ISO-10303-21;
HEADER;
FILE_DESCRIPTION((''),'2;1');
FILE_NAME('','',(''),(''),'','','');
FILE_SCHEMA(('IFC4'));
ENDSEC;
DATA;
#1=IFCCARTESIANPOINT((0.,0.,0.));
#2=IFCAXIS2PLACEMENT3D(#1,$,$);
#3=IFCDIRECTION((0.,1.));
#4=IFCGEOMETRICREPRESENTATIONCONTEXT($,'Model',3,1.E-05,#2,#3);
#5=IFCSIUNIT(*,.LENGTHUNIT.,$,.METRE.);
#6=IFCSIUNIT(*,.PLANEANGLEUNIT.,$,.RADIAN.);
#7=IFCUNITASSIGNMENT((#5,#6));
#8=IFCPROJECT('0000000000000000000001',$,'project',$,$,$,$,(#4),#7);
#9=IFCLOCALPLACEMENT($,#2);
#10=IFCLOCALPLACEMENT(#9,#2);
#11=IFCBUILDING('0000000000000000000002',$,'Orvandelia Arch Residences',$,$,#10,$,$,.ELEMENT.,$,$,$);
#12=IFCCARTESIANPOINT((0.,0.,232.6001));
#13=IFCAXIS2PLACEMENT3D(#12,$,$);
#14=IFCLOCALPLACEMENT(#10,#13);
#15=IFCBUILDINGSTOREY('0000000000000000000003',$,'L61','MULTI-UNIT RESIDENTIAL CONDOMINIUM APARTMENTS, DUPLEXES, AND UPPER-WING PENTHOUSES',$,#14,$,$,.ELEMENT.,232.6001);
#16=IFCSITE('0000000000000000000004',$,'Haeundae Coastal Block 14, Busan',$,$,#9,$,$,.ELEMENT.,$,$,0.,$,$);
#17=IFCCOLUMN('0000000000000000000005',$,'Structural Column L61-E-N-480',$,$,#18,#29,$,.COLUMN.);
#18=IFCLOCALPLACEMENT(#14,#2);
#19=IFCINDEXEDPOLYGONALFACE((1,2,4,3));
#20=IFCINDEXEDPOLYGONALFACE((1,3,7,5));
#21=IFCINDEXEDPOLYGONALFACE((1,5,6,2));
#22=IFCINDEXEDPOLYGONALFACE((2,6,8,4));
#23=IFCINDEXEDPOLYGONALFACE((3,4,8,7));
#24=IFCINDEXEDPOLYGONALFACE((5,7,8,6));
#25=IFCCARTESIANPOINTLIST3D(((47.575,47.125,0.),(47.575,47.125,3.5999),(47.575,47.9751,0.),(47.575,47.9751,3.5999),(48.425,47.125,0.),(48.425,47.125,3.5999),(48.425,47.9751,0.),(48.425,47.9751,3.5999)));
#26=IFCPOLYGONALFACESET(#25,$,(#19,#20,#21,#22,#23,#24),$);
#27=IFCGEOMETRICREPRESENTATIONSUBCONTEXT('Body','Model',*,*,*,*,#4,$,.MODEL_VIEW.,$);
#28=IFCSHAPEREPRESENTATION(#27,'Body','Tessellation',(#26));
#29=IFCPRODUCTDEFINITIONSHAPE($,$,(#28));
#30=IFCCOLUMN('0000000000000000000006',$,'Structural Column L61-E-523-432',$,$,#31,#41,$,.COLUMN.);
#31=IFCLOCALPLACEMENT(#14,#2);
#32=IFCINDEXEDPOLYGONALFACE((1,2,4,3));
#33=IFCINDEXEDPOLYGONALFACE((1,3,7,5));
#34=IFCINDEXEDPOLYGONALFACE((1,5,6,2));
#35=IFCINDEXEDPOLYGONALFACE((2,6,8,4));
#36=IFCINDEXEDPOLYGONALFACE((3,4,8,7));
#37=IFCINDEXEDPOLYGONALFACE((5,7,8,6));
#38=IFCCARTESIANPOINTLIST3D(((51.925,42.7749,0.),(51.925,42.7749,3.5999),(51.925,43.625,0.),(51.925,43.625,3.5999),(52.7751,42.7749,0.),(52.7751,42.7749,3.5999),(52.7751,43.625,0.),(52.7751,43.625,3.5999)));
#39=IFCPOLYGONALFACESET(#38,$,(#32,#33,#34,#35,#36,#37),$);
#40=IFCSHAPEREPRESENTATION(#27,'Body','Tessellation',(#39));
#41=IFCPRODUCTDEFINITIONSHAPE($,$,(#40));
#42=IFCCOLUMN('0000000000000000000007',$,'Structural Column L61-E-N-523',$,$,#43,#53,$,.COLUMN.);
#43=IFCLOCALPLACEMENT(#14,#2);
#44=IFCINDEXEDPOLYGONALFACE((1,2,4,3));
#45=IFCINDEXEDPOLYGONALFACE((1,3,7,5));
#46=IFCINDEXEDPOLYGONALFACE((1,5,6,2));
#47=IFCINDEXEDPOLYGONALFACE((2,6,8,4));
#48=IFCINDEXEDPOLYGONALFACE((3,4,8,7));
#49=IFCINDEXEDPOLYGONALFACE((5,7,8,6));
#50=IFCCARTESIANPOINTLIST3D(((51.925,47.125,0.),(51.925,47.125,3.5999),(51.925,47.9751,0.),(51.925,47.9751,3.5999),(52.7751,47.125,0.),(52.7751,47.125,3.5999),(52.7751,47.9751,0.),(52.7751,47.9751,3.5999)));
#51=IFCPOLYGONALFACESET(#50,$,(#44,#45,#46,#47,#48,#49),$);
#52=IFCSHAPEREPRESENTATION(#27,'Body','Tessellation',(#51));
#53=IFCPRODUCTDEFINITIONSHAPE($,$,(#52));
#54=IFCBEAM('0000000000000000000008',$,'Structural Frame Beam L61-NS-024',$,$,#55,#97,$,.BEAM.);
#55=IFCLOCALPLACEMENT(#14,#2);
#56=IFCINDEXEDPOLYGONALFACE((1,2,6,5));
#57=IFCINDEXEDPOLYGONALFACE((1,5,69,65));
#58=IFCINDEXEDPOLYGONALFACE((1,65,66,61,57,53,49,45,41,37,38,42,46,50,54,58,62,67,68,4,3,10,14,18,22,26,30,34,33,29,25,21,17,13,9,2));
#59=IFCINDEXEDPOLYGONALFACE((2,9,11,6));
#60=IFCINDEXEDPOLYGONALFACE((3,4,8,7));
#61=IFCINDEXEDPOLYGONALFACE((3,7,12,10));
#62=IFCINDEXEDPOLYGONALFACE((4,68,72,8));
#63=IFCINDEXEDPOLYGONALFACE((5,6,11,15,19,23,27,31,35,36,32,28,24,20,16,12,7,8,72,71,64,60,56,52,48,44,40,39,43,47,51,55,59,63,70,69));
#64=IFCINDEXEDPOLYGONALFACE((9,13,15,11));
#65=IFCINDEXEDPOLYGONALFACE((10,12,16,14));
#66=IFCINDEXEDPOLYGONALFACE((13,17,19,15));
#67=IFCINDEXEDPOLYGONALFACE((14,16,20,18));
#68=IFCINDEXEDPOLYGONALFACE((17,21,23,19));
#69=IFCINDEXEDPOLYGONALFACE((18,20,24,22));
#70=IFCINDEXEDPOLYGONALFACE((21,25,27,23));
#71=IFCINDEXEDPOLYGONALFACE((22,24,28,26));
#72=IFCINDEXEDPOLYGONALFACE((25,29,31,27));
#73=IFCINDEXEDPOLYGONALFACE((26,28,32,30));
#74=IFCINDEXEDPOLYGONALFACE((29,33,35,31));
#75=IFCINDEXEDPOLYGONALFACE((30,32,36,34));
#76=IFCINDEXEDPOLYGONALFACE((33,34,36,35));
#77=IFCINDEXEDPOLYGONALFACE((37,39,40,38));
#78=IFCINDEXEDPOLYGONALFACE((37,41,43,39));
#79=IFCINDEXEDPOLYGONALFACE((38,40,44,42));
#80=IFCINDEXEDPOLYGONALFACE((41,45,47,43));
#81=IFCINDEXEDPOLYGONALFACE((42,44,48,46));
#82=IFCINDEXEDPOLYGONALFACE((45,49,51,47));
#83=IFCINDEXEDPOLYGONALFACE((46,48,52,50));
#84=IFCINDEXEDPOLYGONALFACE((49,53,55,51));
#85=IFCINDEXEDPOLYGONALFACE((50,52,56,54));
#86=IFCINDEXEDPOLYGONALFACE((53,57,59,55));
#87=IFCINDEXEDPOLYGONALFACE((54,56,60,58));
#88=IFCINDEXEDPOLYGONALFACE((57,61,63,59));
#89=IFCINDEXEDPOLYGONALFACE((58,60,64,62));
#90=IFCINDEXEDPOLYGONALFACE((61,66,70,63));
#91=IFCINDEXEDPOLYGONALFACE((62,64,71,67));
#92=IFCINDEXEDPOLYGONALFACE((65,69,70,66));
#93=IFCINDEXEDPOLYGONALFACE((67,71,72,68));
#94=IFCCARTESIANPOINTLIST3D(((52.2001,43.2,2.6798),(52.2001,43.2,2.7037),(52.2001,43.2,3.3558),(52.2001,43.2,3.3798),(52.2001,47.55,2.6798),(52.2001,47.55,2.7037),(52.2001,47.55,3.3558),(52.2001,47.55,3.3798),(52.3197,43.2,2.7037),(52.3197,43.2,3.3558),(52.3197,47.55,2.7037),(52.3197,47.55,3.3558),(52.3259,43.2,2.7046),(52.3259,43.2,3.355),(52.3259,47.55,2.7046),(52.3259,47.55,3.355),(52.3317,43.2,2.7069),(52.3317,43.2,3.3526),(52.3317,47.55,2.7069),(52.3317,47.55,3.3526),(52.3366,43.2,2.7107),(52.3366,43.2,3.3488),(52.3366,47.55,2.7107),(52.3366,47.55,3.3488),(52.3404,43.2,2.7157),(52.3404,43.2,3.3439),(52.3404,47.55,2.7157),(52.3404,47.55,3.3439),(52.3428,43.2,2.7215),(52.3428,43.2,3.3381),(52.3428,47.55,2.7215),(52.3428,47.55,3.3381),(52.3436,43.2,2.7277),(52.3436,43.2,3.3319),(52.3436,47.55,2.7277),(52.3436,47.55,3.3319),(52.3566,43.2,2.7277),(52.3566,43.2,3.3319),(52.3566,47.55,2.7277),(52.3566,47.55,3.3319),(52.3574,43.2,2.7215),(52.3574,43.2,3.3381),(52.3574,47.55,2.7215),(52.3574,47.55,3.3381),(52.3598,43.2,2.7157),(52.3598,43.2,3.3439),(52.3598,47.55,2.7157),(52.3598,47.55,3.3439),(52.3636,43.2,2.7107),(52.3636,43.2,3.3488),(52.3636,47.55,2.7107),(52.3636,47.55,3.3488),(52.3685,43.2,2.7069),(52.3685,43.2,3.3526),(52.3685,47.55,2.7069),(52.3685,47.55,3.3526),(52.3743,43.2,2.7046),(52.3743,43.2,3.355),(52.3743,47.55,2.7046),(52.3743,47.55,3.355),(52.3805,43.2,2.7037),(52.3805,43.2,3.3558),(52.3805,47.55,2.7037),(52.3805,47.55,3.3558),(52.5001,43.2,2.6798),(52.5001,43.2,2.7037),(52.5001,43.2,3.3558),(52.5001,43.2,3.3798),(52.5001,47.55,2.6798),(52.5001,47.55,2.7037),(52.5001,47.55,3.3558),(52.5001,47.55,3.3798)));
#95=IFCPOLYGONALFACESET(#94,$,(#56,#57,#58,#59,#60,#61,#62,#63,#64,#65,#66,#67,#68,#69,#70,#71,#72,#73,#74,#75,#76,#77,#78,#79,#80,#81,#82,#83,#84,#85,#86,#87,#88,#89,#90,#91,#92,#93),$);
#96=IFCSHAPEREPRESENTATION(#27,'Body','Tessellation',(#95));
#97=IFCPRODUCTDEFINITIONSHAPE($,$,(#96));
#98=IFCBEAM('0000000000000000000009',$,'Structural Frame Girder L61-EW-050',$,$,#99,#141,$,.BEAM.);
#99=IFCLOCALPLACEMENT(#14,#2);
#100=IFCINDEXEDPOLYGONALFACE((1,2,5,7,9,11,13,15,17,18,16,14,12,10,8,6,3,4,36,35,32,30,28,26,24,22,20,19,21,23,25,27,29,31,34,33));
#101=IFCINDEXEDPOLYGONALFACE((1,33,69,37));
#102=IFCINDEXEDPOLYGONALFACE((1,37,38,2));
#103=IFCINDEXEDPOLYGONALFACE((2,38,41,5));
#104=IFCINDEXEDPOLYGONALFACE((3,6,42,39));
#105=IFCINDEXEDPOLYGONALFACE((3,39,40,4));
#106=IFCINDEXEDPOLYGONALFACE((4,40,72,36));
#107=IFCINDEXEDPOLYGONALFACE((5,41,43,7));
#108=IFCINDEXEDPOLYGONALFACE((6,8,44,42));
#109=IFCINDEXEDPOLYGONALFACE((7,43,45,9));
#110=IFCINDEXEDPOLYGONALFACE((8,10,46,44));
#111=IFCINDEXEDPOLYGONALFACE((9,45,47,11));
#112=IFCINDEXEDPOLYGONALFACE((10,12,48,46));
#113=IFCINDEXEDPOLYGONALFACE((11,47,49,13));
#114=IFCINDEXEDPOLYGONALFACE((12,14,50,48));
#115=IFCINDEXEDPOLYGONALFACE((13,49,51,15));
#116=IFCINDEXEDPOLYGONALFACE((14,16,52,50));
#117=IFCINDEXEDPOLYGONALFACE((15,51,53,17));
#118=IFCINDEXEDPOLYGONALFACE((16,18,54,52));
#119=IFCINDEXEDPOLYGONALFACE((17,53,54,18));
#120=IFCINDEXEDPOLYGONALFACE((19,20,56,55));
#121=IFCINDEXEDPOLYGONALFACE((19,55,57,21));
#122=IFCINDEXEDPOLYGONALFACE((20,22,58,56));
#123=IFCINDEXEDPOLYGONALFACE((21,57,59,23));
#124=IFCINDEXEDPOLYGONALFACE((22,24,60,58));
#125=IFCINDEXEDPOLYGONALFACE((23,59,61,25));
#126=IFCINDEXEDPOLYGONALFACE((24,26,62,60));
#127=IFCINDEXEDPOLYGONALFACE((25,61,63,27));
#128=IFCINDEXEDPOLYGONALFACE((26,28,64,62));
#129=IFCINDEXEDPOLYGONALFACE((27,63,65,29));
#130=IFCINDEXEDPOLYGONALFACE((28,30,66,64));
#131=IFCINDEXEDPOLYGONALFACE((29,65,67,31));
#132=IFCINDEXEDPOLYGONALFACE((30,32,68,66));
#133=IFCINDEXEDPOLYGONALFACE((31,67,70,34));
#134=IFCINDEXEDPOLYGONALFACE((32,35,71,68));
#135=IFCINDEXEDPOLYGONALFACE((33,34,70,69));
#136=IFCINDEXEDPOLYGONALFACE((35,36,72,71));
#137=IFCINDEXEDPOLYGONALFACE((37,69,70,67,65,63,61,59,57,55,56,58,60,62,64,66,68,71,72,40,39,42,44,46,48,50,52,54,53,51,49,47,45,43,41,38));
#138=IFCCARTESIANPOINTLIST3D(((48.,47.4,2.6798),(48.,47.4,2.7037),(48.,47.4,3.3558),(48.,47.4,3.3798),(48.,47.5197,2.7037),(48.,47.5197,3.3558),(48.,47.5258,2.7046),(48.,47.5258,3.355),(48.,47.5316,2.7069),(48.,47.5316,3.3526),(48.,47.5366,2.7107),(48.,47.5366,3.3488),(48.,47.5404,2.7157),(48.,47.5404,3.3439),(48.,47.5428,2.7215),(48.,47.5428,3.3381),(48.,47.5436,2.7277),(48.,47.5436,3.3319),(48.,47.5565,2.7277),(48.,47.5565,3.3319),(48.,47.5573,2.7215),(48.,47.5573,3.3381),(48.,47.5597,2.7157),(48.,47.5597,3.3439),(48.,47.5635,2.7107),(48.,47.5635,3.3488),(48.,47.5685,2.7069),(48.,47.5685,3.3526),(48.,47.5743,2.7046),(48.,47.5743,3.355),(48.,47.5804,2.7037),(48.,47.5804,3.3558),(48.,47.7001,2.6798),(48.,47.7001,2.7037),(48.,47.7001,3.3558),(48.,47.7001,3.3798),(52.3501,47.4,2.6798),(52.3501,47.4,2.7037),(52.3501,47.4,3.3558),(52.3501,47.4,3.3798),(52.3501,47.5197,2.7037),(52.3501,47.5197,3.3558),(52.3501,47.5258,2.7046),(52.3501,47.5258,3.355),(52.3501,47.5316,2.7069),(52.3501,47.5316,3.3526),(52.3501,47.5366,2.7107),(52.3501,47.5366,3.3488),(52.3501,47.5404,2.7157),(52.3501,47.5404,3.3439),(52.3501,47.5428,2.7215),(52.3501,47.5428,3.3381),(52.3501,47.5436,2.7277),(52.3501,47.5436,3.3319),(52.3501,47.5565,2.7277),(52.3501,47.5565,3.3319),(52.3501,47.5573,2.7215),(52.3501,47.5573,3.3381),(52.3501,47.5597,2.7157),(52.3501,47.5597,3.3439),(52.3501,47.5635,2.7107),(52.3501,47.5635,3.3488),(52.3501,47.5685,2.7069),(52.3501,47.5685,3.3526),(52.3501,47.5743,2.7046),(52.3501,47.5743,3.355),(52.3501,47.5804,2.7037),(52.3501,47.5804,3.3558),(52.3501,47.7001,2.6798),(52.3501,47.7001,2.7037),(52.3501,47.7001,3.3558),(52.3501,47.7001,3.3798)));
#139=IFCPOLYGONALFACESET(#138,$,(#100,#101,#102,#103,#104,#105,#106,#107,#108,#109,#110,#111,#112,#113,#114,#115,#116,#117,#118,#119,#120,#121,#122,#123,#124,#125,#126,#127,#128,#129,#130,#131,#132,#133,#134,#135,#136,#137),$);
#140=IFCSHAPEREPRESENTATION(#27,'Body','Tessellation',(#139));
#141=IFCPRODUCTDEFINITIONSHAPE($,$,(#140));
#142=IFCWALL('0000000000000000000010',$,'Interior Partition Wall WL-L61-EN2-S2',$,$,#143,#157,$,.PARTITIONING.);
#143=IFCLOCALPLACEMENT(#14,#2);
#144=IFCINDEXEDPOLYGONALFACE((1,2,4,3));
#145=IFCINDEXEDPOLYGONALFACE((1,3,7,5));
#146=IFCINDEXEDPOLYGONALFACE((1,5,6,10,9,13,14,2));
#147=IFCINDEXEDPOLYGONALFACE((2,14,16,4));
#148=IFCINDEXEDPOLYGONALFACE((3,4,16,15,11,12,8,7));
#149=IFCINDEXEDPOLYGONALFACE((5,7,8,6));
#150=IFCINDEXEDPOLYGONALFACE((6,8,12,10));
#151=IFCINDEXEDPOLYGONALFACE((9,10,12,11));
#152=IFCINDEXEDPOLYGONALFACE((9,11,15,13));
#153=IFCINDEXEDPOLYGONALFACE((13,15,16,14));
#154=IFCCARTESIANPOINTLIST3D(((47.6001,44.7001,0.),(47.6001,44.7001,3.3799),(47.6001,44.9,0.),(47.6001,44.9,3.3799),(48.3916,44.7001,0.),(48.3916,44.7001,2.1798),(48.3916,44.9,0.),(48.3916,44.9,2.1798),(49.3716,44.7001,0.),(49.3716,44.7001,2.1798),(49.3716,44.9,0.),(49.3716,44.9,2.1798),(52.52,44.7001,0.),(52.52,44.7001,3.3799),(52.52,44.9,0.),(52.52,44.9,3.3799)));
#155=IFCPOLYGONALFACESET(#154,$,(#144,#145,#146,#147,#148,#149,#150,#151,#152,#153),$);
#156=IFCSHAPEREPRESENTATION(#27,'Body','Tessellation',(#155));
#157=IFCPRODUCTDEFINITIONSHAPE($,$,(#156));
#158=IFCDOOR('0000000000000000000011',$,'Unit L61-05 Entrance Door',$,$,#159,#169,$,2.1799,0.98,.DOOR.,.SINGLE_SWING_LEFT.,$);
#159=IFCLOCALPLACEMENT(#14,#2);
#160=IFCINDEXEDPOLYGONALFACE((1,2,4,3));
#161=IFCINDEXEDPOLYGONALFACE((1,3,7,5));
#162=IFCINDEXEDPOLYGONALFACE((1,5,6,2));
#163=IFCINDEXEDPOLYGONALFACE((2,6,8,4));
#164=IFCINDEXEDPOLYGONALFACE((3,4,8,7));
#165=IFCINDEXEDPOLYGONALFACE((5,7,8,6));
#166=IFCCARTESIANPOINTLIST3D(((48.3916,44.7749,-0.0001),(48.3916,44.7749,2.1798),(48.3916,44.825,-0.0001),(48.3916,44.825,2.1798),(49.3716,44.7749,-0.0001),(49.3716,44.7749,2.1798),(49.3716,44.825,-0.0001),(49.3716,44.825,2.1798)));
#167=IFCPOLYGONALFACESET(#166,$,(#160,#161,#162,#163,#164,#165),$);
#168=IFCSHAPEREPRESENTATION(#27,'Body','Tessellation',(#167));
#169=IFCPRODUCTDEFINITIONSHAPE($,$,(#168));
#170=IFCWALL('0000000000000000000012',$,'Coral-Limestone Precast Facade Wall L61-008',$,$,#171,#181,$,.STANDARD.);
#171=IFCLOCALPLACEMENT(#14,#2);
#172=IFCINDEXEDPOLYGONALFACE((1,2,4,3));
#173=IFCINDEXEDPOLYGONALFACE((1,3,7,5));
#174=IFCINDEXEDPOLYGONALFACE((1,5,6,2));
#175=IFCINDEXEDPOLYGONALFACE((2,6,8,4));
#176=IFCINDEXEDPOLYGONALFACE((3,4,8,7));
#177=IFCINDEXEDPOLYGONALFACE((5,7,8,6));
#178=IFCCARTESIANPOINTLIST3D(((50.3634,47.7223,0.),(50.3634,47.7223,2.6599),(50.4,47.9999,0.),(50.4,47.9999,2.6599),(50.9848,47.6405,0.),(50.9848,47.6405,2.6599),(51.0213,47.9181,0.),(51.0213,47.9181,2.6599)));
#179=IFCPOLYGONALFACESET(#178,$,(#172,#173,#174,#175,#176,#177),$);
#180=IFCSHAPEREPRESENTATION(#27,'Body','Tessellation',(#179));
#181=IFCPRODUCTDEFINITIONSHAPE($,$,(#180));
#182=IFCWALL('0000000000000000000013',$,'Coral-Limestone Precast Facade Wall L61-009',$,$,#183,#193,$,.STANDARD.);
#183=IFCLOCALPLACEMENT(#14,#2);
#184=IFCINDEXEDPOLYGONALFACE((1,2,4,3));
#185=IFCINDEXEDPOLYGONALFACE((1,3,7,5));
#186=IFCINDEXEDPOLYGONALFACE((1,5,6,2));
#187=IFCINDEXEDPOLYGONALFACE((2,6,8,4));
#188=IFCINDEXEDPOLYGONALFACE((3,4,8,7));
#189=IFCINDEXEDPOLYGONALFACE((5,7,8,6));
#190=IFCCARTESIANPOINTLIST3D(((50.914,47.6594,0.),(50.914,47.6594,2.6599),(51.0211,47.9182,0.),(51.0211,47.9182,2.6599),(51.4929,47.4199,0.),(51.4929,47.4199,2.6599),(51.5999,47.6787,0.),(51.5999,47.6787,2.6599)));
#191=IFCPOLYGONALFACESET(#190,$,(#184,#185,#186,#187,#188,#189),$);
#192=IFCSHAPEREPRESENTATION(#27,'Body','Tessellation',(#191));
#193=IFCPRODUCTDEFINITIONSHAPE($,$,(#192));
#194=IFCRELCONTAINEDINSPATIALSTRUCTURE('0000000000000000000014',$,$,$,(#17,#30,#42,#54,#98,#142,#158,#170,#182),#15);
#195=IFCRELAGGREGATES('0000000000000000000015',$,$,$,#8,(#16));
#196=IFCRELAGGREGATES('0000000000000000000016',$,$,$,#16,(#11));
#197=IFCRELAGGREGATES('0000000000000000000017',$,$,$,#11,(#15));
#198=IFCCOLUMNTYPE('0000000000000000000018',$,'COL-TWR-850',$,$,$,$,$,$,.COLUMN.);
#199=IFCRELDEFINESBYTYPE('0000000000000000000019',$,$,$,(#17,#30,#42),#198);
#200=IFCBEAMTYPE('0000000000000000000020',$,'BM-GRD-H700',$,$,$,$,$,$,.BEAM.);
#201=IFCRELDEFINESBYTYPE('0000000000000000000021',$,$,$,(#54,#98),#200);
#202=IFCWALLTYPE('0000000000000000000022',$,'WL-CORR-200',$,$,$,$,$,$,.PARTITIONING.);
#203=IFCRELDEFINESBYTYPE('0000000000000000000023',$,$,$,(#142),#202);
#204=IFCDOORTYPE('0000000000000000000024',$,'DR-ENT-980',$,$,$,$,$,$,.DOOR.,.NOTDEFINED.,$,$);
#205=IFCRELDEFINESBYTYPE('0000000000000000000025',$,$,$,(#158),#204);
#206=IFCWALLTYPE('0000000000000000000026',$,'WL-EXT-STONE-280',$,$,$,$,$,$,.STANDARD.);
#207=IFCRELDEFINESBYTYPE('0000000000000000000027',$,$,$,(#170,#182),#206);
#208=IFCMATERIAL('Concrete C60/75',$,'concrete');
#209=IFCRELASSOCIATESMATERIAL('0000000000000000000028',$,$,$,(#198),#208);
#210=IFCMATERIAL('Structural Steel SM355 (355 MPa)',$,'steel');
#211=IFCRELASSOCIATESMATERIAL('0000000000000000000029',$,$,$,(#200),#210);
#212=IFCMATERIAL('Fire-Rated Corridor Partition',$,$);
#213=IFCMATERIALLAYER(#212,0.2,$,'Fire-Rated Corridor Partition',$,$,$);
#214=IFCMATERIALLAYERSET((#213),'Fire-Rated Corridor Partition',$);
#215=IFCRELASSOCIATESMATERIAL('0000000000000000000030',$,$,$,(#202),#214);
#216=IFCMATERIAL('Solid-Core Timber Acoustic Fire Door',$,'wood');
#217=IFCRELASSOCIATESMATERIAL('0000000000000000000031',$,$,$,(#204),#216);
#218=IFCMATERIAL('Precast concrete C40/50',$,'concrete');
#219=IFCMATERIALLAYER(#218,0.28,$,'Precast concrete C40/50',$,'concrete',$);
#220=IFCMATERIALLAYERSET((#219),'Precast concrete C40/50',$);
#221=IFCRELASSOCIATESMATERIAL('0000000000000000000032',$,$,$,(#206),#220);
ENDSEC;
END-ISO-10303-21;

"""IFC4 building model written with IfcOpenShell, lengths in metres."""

from ifc_helpers import new_model, si_unit, direction, frame, frame_2d, origin, origin_2d, place, context, subcontext, project, spatial, rectangle, i_section, extrude, material, layer, layer_set, material_profile, profile_set, type_object, element, fill, save


model = new_model("IFC4")

# Units and contexts
model_context = context("Model", 3, precision=1e-05, world=origin(), true_north=direction((0.0, 1.0)))
body_context = subcontext(model_context, "Body", "Model", "MODEL_VIEW")
ifc_project = project(units=[si_unit("LENGTHUNIT", "METRE"), si_unit("PLANEANGLEUNIT", "RADIAN")], contexts=[model_context])

# Site, building, storey
site_placement = place(None, origin())
site = spatial("IfcSite", under=ifc_project, at=site_placement, Name="Haeundae Coastal Block 14, Busan", CompositionType="ELEMENT", RefElevation=0.0)
building_placement = place(site_placement, origin())
building = spatial("IfcBuilding", under=site, at=building_placement, Name="Orvandelia Arch Residences", CompositionType="ELEMENT")
storey_placement = place(building_placement, frame((0.0, 0.0, 232.6001)))
storey = spatial("IfcBuildingStorey", under=building, at=storey_placement, Name="L61", Description="MULTI-UNIT RESIDENTIAL CONDOMINIUM APARTMENTS, DUPLEXES, AND UPPER-WING PENTHOUSES", CompositionType="ELEMENT", Elevation=232.6001)

# Columns
ifc_material_1 = material(Name="Concrete C60/75", Category="concrete")
ifc_material_profile_1 = material_profile(ifc_material_1, rectangle(XDim=0.8501, YDim=0.8501, at=origin_2d()), Name="Concrete C60/75", Category="concrete")
ifc_profile_set_1 = profile_set([ifc_material_profile_1], Name="Concrete C60/75")
column_type = type_object("IfcColumnType", Name="COL-TWR-850", PredefinedType="COLUMN", material=ifc_profile_set_1)
for number, where, z_axis, x_axis, name in (
    (1, (48.0, 47.55, 0.0), (0.0, 0.0, 1.0), (1.0, 0.0, 0.0), "Structural Column L61-E-N-480"),
    (2, (52.3501, 43.2, 0.0), (0.0, 0.0, 1.0), (1.0, 0.0, 0.0), "Structural Column L61-E-523-432"),
    (3, (52.3501, 47.55, 0.0), (0.0, 0.0, 1.0), (1.0, 0.0, 0.0), "Structural Column L61-E-N-523"),
):
    element("IfcColumn", number, at=place(storey_placement, frame(where, z_axis=z_axis, x_axis=x_axis)), inside=storey, type_object=column_type, Name=name, PredefinedType="COLUMN", context=body_context, shape_type="SweptSolid", body=[
        extrude(rectangle(XDim=0.8501, YDim=0.8501, at=origin_2d()), origin(), (0.0, 0.0, 1.0), 3.5999),
    ])

# Beams
ifc_material_2 = material(Name="Structural Steel SM355 (355 MPa)", Category="steel")
ifc_material_profile_2 = material_profile(ifc_material_2, i_section(OverallWidth=0.3, OverallDepth=0.7, WebThickness=0.0129, FlangeThickness=0.0239, FilletRadius=0.0239, at=origin_2d()), Name="Structural Steel SM355 (355 MPa)", Category="steel")
ifc_profile_set_2 = profile_set([ifc_material_profile_2], Name="Structural Steel SM355 (355 MPa)")
beam_type = type_object("IfcBeamType", Name="BM-GRD-H700", PredefinedType="BEAM", material=ifc_profile_set_2)
for number, where, z_axis, x_axis, name in (
    (4, (52.3501, 43.2, 3.0298), (0.0, 1.0, 0.0), (-1.0, 0.0, 0.0), "Structural Frame Beam L61-NS-024"),
    (5, (48.0, 47.55, 3.0298), (1.0, 0.0, 0.0), (0.0, 1.0, 0.0), "Structural Frame Girder L61-EW-050"),
):
    element("IfcBeam", number, at=place(storey_placement, frame(where, z_axis=z_axis, x_axis=x_axis)), inside=storey, type_object=beam_type, Name=name, PredefinedType="BEAM", context=body_context, shape_type="SweptSolid", body=[
        extrude(i_section(OverallWidth=0.3, OverallDepth=0.7, WebThickness=0.0129, FlangeThickness=0.0239, FilletRadius=0.0239, at=origin_2d()), origin(), (0.0, 0.0, 1.0), 4.3501),
    ])

# Wall, opening, door
ifc_material_3 = material(Name="Fire-Rated Corridor Partition")
ifc_layer_1 = layer(ifc_material_3, 0.2, Name="Fire-Rated Corridor Partition")
ifc_layer_set_1 = layer_set([ifc_layer_1], Name="Fire-Rated Corridor Partition")
wall_type_1 = type_object("IfcWallType", Name="WL-CORR-200", PredefinedType="PARTITIONING", material=ifc_layer_set_1)
wall_1_placement = place(storey_placement, frame((47.6001, 44.8, 0.0), z_axis=(0.0, 0.0, 1.0), x_axis=(1.0, 0.0, 0.0)))
wall_1 = element("IfcWall", 6, at=wall_1_placement, inside=storey, type_object=wall_type_1, Name="Interior Partition Wall WL-L61-EN2-S2", PredefinedType="PARTITIONING", context=body_context, shape_type="SweptSolid", body=[
    extrude(rectangle(XDim=4.9199, YDim=0.2, at=frame_2d((2.46, 0.0))), origin(), (0.0, 0.0, 1.0), 3.3799),
])
opening_1_placement = place(wall_1_placement, frame((0.7915, 0.0, 0.0)))
opening_1 = element("IfcOpeningElement", 7, at=opening_1_placement, cuts=wall_1, PredefinedType="OPENING", context=body_context, shape_type="SweptSolid", body=[
    extrude(rectangle(XDim=0.98, YDim=2.1799, at=frame_2d((0.49, 1.0898))), frame((0.0, 0.1099, 0.0), z_axis=(0.0, -1.0, 0.0), x_axis=(1.0, 0.0, 0.0)), (0.0, 0.0, 1.0), 0.22),
])
ifc_material_4 = material(Name="Solid-Core Timber Acoustic Fire Door", Category="wood")
door_type_1 = type_object("IfcDoorType", Name="DR-ENT-980", OperationType="NOTDEFINED", PredefinedType="DOOR", material=ifc_material_4)
door_1_placement = place(opening_1_placement, origin())
door_1 = element("IfcDoor", 8, at=door_1_placement, inside=storey, type_object=door_type_1, Name="Unit L61-05 Entrance Door", OperationType="SINGLE_SWING_LEFT", OverallHeight=2.1799, OverallWidth=0.98, PredefinedType="DOOR", context=body_context, shape_type="SweptSolid", body=[
    extrude(rectangle(XDim=0.98, YDim=2.1799, at=frame_2d((0.49, 1.0898))), frame((0.0, 0.0249, 0.0), z_axis=(0.0, -1.0, 0.0), x_axis=(1.0, 0.0, 0.0)), (0.0, 0.0, 1.0), 0.05),
])
fill(opening_1, door_1)

# Walls
ifc_material_5 = material(Name="Precast concrete C40/50", Category="concrete")
ifc_layer_2 = layer(ifc_material_5, 0.28, Name="Precast concrete C40/50", Category="concrete")
ifc_layer_set_2 = layer_set([ifc_layer_2], Name="Precast concrete C40/50")
wall_type_2 = type_object("IfcWallType", Name="WL-EXT-STONE-280", PredefinedType="STANDARD", material=ifc_layer_set_2)
wall_2_placement = place(storey_placement, frame((50.3816, 47.8611, 0.0), z_axis=(0.0, 0.0, 1.0), x_axis=(0.991448, -0.130505, 0.0)))
element("IfcWall", 9, at=wall_2_placement, inside=storey, type_object=wall_type_2, Name="Coral-Limestone Precast Facade Wall L61-008", PredefinedType="STANDARD", context=body_context, shape_type="SweptSolid", body=[
    extrude(rectangle(XDim=0.6267, YDim=0.28, at=frame_2d((0.3135, 0.0))), origin(), (0.0, 0.0, 1.0), 2.6599),
])
for number, where, z_axis, x_axis, name in (
    (10, (50.9675, 47.7888, 0.0), (0.0, 0.0, 1.0), (0.924031, -0.382317, 0.0), "Coral-Limestone Precast Facade Wall L61-009"),
):
    element("IfcWall", number, at=place(storey_placement, frame(where, z_axis=z_axis, x_axis=x_axis)), inside=storey, type_object=wall_type_2, Name=name, PredefinedType="STANDARD", context=body_context, shape_type="SweptSolid", body=[
        extrude(rectangle(XDim=0.6265, YDim=0.28, at=frame_2d((0.3132, 0.0))), origin(), (0.0, 0.0, 1.0), 2.6599),
    ])

save(model, "model.ifc")
